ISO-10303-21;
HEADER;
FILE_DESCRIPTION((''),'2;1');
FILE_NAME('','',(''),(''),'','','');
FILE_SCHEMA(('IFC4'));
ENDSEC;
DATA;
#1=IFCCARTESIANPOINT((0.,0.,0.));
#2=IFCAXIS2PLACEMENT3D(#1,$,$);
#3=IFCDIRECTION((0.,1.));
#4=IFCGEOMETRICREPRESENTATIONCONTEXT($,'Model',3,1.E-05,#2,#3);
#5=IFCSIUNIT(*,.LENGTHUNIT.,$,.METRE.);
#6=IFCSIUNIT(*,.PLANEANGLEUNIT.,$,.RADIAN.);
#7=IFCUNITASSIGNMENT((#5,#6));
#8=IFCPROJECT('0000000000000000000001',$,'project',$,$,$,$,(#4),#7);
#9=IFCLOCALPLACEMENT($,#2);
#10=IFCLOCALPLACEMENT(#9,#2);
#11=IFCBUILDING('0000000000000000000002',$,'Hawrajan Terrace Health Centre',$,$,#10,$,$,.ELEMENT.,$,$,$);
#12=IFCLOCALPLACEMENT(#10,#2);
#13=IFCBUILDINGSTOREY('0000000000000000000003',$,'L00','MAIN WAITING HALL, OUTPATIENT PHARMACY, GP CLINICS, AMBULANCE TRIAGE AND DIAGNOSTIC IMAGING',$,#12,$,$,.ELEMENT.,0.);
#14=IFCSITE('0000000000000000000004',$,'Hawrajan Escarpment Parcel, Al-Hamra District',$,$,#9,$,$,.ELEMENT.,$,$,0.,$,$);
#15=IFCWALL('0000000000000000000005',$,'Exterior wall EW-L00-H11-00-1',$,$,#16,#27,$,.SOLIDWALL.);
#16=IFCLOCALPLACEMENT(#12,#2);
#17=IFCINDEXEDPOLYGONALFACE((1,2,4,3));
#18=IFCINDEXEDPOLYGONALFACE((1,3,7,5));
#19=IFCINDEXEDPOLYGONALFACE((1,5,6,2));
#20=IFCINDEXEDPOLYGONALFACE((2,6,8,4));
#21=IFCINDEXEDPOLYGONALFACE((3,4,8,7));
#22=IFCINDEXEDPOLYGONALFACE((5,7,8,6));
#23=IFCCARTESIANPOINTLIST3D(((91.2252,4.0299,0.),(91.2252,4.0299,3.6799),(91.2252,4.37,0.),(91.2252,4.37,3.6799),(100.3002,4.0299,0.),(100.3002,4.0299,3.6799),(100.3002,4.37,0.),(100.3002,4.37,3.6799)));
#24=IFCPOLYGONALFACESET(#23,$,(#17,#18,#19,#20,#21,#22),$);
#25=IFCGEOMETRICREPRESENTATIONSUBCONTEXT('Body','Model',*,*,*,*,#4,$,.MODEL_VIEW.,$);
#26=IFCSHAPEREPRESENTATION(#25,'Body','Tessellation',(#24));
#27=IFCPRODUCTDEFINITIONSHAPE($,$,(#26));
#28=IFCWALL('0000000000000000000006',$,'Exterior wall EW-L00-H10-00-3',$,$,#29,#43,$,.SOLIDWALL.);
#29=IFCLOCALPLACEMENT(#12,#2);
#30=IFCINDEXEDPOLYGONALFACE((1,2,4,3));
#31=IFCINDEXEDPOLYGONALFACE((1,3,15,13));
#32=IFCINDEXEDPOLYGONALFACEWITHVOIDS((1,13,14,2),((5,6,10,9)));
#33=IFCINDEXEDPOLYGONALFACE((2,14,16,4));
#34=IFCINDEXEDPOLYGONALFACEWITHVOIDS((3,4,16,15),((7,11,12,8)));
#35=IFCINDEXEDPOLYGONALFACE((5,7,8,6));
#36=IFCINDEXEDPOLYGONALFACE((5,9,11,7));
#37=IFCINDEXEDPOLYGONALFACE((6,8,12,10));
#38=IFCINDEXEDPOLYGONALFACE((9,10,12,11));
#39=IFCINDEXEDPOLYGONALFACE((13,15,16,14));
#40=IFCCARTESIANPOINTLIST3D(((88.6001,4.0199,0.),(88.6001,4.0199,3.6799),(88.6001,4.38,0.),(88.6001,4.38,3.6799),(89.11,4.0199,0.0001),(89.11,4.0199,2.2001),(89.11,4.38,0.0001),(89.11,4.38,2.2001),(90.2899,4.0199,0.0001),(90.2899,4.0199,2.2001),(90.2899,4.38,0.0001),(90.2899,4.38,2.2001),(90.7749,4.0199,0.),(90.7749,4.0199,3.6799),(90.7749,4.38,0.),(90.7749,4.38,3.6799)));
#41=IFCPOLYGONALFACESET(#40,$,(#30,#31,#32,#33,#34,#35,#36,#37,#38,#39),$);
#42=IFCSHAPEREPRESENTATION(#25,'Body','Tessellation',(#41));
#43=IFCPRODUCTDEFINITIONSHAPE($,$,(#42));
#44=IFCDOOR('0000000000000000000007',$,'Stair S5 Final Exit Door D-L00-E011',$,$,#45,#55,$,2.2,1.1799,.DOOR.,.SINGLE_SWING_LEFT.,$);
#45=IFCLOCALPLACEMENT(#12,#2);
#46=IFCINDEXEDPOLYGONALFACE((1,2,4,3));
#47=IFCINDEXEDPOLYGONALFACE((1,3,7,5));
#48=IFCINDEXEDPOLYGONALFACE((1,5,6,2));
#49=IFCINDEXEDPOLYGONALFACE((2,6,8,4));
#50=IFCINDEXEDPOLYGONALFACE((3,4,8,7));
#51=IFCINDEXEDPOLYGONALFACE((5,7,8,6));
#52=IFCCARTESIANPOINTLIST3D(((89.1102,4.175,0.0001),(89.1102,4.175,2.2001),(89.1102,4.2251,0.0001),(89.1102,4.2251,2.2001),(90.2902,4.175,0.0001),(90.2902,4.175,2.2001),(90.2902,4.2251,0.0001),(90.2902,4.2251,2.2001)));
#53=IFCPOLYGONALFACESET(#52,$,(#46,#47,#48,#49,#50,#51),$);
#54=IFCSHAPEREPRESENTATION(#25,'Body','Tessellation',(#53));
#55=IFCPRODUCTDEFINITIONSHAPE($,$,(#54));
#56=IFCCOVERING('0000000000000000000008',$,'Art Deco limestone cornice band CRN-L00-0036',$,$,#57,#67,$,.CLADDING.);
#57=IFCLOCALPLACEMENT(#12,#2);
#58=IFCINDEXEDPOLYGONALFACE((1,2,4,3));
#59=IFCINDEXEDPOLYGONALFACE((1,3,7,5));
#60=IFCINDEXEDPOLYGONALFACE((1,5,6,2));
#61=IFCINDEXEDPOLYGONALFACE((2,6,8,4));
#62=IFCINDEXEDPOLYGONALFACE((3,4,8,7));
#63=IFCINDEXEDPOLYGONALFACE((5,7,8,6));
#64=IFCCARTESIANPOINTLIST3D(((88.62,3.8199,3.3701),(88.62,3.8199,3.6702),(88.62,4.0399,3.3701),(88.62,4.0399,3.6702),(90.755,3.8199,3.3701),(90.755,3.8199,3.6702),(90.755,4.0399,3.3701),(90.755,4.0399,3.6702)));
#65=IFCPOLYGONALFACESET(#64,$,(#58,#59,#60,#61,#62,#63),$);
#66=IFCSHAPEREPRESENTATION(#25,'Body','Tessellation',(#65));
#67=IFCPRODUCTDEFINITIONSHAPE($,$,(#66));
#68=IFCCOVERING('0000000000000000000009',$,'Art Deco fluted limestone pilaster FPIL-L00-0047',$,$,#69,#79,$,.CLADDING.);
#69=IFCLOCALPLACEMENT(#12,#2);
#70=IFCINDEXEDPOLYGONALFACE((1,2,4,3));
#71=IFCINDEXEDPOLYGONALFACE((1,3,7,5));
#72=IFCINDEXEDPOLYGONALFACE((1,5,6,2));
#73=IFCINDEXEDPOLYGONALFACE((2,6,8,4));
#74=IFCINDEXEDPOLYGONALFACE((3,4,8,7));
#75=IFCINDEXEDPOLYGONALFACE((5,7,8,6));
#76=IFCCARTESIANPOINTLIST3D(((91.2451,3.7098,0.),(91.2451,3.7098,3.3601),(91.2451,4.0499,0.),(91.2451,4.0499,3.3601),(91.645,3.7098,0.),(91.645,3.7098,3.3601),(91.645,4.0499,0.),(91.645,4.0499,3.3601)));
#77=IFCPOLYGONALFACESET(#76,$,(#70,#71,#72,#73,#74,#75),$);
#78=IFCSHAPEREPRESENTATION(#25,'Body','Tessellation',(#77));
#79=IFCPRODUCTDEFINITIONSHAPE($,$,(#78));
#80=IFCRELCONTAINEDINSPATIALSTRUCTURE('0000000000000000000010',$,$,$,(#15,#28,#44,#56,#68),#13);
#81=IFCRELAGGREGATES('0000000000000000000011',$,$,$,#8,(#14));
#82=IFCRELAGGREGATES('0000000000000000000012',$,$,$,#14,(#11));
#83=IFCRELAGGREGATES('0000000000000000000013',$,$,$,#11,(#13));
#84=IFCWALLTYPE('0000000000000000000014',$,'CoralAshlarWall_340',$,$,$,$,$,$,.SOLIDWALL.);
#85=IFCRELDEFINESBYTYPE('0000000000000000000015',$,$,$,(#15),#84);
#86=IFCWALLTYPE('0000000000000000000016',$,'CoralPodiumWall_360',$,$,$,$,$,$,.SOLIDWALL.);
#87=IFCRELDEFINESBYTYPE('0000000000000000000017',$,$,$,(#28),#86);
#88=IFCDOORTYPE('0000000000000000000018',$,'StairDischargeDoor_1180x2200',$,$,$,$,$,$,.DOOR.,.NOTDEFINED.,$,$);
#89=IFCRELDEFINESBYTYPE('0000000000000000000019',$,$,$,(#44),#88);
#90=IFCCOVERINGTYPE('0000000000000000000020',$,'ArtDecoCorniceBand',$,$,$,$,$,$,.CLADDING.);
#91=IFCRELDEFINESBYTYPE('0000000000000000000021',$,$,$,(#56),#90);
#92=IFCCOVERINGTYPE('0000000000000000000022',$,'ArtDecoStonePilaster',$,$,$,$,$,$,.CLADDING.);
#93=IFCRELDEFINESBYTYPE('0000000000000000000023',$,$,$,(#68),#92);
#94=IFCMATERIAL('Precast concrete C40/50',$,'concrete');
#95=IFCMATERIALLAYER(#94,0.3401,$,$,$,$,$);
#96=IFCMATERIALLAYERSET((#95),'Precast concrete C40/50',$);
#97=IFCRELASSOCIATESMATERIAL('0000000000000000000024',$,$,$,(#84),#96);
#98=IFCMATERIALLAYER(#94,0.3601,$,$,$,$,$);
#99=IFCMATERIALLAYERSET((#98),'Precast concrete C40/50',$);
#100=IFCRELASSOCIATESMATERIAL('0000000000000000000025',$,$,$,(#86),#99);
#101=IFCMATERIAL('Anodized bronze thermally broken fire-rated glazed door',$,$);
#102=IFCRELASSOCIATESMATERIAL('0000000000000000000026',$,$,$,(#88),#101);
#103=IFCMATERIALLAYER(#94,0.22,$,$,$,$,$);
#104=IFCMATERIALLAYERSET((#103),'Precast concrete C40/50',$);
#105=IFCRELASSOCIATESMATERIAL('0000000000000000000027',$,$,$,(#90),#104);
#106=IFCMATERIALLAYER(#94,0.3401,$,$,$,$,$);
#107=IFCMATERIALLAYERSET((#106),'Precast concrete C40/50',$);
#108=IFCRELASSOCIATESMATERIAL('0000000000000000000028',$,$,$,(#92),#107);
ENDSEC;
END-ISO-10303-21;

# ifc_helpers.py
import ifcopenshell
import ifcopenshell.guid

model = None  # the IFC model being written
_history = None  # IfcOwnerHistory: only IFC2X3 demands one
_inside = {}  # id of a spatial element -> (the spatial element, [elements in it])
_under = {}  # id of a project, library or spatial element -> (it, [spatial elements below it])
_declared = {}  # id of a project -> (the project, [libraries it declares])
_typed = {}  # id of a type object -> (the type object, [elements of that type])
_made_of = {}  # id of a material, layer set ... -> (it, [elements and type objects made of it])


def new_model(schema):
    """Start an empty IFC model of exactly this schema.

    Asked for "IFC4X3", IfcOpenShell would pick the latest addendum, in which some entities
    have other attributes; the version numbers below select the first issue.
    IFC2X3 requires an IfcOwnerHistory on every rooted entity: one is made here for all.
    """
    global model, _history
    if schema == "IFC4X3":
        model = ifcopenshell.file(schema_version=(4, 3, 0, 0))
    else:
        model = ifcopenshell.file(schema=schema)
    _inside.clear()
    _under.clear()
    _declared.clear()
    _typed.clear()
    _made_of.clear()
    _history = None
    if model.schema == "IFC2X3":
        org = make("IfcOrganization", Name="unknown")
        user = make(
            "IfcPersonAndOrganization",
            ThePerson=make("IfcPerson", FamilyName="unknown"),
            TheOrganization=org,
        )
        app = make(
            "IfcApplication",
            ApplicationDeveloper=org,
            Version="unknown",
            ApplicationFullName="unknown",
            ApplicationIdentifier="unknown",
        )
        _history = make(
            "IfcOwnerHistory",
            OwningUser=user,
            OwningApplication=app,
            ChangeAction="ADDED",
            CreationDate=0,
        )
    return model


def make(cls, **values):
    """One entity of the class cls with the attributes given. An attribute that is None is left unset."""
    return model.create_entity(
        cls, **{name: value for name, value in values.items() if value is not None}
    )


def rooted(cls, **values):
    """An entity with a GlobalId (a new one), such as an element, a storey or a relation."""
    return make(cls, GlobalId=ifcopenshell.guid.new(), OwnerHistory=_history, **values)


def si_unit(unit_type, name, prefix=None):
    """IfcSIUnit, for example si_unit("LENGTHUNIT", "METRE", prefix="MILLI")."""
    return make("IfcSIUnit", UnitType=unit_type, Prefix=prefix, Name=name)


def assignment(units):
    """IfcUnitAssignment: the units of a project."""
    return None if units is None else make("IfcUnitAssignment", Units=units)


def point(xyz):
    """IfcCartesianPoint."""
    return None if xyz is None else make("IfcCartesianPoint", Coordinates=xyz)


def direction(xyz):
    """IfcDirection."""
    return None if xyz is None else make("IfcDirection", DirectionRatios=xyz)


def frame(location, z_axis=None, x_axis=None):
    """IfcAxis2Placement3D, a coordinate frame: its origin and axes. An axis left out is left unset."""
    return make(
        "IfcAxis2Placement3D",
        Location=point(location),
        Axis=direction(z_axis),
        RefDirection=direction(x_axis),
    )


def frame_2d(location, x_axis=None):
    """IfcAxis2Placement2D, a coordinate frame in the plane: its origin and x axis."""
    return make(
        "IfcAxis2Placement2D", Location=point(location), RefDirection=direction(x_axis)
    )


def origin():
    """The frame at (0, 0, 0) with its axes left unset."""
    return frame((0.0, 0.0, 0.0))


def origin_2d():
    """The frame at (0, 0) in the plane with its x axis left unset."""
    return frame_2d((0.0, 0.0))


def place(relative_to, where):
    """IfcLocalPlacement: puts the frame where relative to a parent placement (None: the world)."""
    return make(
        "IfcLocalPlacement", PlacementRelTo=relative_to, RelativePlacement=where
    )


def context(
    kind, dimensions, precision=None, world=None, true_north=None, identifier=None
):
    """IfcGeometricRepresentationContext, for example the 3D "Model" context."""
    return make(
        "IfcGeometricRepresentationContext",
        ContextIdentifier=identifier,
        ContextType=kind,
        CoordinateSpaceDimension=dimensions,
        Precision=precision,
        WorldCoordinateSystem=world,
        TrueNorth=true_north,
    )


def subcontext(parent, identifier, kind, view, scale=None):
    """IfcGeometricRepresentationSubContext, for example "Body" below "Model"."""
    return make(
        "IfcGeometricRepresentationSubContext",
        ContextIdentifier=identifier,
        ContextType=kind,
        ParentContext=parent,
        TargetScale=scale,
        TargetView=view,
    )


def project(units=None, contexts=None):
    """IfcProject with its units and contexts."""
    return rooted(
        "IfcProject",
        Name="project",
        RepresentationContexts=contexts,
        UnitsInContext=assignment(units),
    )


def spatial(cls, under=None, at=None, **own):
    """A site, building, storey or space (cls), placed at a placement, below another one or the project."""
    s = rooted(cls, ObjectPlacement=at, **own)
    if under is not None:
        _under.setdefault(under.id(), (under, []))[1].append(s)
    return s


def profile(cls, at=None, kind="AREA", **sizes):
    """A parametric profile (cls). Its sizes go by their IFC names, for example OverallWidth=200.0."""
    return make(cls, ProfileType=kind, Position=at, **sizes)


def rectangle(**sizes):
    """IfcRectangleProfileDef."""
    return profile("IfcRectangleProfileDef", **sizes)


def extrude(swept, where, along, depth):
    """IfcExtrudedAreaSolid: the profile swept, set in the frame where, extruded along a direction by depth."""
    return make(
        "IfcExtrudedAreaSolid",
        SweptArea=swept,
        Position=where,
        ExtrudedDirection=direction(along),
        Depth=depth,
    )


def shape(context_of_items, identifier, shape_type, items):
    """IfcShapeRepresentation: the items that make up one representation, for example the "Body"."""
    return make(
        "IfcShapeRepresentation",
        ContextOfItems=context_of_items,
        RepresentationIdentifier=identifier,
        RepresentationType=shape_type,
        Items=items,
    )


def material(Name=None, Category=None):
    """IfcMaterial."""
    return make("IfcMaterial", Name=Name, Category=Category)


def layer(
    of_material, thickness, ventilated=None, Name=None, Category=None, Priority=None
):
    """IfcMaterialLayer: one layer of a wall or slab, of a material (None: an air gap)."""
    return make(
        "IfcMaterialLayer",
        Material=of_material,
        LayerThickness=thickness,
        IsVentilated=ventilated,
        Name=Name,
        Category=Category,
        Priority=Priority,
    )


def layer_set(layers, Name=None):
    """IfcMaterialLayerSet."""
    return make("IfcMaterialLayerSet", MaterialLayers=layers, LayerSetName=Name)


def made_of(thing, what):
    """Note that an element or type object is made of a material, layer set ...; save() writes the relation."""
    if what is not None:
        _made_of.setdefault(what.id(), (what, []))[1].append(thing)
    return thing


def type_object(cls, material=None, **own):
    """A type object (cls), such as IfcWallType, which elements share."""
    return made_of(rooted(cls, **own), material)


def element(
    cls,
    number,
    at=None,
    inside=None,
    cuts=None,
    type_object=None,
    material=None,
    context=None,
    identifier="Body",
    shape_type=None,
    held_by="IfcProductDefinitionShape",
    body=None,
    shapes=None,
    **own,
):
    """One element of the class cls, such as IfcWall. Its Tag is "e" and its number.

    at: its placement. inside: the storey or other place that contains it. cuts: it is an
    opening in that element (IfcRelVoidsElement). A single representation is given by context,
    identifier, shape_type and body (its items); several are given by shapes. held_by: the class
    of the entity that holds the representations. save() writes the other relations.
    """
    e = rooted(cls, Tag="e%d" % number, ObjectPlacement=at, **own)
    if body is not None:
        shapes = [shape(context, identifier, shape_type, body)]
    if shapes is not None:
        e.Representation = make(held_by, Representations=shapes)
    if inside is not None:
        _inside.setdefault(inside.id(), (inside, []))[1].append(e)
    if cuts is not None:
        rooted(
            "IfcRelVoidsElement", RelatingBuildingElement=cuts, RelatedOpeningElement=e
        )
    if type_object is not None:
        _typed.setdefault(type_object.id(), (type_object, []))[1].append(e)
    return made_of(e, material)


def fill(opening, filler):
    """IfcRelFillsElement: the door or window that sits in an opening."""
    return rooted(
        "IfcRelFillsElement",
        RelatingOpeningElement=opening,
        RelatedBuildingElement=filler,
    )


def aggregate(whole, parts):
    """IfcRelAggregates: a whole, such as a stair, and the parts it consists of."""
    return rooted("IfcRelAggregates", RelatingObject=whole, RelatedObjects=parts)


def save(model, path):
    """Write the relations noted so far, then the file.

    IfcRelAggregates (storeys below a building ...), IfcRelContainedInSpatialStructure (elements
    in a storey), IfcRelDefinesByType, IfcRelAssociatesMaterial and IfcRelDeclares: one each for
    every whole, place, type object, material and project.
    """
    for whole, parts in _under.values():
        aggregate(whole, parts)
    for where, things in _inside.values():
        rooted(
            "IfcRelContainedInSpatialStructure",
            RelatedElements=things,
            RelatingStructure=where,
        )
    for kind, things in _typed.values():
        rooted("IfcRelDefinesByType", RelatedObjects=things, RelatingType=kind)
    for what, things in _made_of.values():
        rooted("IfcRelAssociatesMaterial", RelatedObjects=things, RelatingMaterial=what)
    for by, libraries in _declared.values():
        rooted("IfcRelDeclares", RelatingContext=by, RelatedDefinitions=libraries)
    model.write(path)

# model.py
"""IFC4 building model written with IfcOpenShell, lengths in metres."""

from ifc_helpers import new_model, si_unit, direction, frame, frame_2d, origin, origin_2d, place, context, subcontext, project, spatial, rectangle, extrude, material, layer, layer_set, type_object, element, fill, save


model = new_model("IFC4")

# Units and contexts
model_context = context("Model", 3, precision=1e-05, world=origin(), true_north=direction((0.0, 1.0)))
body_context = subcontext(model_context, "Body", "Model", "MODEL_VIEW")
ifc_project = project(units=[si_unit("LENGTHUNIT", "METRE"), si_unit("PLANEANGLEUNIT", "RADIAN")], contexts=[model_context])

# Site, building, storey
site_placement = place(None, origin())
site = spatial("IfcSite", under=ifc_project, at=site_placement, Name="Hawrajan Escarpment Parcel, Al-Hamra District", CompositionType="ELEMENT", RefElevation=0.0)
building_placement = place(site_placement, origin())
building = spatial("IfcBuilding", under=site, at=building_placement, Name="Hawrajan Terrace Health Centre", CompositionType="ELEMENT")
storey_placement = place(building_placement, origin())
storey = spatial("IfcBuildingStorey", under=building, at=storey_placement, Name="L00", Description="MAIN WAITING HALL, OUTPATIENT PHARMACY, GP CLINICS, AMBULANCE TRIAGE AND DIAGNOSTIC IMAGING", CompositionType="ELEMENT", Elevation=0.0)

# Wall
ifc_material_1 = material(Name="Precast concrete C40/50", Category="concrete")
ifc_layer_1 = layer(ifc_material_1, 0.3401)
ifc_layer_set_1 = layer_set([ifc_layer_1], Name="Precast concrete C40/50")
wall_type_1 = type_object("IfcWallType", Name="CoralAshlarWall_340", PredefinedType="SOLIDWALL", material=ifc_layer_set_1)
wall_1_placement = place(storey_placement, frame((91.2251, 4.2, 0.0), z_axis=(0.0, 0.0, 1.0), x_axis=(1.0, 0.0, 0.0)))
element("IfcWall", 1, at=wall_1_placement, inside=storey, type_object=wall_type_1, Name="Exterior wall EW-L00-H11-00-1", PredefinedType="SOLIDWALL", context=body_context, shape_type="SweptSolid", body=[
    extrude(rectangle(XDim=9.075, YDim=0.3401, at=frame_2d((4.5376, 0.0))), origin(), (0.0, 0.0, 1.0), 3.6799),
])

# Wall, opening, door
ifc_layer_2 = layer(ifc_material_1, 0.3601)
ifc_layer_set_2 = layer_set([ifc_layer_2], Name="Precast concrete C40/50")
wall_type_2 = type_object("IfcWallType", Name="CoralPodiumWall_360", PredefinedType="SOLIDWALL", material=ifc_layer_set_2)
wall_2_placement = place(storey_placement, frame((88.6001, 4.2, 0.0), z_axis=(0.0, 0.0, 1.0), x_axis=(1.0, 0.0, 0.0)))
wall_2 = element("IfcWall", 2, at=wall_2_placement, inside=storey, type_object=wall_type_2, Name="Exterior wall EW-L00-H10-00-3", PredefinedType="SOLIDWALL", context=body_context, shape_type="SweptSolid", body=[
    extrude(rectangle(XDim=2.1748, YDim=0.3601, at=frame_2d((1.0874, 0.0))), origin(), (0.0, 0.0, 1.0), 3.6799),
])
opening_1_placement = place(wall_2_placement, frame((0.51, 0.0, 0.0)))
opening_1 = element("IfcOpeningElement", 3, at=opening_1_placement, cuts=wall_2, PredefinedType="OPENING", context=body_context, shape_type="SweptSolid", body=[
    extrude(rectangle(XDim=1.1799, YDim=2.2, at=frame_2d((0.5898, 1.1001))), frame((0.0, 0.1899, 0.0), z_axis=(0.0, -1.0, 0.0), x_axis=(1.0, 0.0, 0.0)), (0.0, 0.0, 1.0), 0.3801),
])
ifc_material_2 = material(Name="Anodized bronze thermally broken fire-rated glazed door")
door_type_1 = type_object("IfcDoorType", Name="StairDischargeDoor_1180x2200", OperationType="NOTDEFINED", PredefinedType="DOOR", material=ifc_material_2)
door_1_placement = place(opening_1_placement, frame((1.1799, 0.0, 0.0), z_axis=(0.0, 0.0, 1.0), x_axis=(-1.0, 0.0, 0.0)))
door_1 = element("IfcDoor", 4, at=door_1_placement, inside=storey, type_object=door_type_1, Name="Stair S5 Final Exit Door D-L00-E011", OperationType="SINGLE_SWING_LEFT", OverallHeight=2.2, OverallWidth=1.1799, PredefinedType="DOOR", context=body_context, shape_type="SweptSolid", body=[
    extrude(rectangle(XDim=1.1799, YDim=2.2, at=frame_2d((0.5898, 1.1001))), frame((0.0, 0.0249, 0.0), z_axis=(0.0, -1.0, 0.0), x_axis=(1.0, 0.0, 0.0)), (0.0, 0.0, 1.0), 0.05),
])
fill(opening_1, door_1)

# Coverings
ifc_layer_3 = layer(ifc_material_1, 0.22)
ifc_layer_set_3 = layer_set([ifc_layer_3], Name="Precast concrete C40/50")
covering_type_1 = type_object("IfcCoveringType", Name="ArtDecoCorniceBand", PredefinedType="CLADDING", material=ifc_layer_set_3)
covering_1_placement = place(storey_placement, frame((89.6875, 3.9299, 3.3701), z_axis=(0.0, 0.0, 1.0), x_axis=(1.0, 0.0, 0.0)))
element("IfcCovering", 5, at=covering_1_placement, inside=storey, type_object=covering_type_1, Name="Art Deco limestone cornice band CRN-L00-0036", PredefinedType="CLADDING", context=body_context, shape_type="SweptSolid", body=[
    extrude(rectangle(XDim=2.135, YDim=0.22, at=origin_2d()), origin(), (0.0, 0.0, 1.0), 0.3),
])
ifc_layer_4 = layer(ifc_material_1, 0.3401)
ifc_layer_set_4 = layer_set([ifc_layer_4], Name="Precast concrete C40/50")
covering_type_2 = type_object("IfcCoveringType", Name="ArtDecoStonePilaster", PredefinedType="CLADDING", material=ifc_layer_set_4)
covering_2_placement = place(storey_placement, frame((91.4451, 3.8799, 0.0), z_axis=(0.0, 0.0, 1.0), x_axis=(1.0, 0.0, 0.0)))
element("IfcCovering", 6, at=covering_2_placement, inside=storey, type_object=covering_type_2, Name="Art Deco fluted limestone pilaster FPIL-L00-0047", PredefinedType="CLADDING", context=body_context, shape_type="SweptSolid", body=[
    extrude(rectangle(XDim=0.3999, YDim=0.3401, at=origin_2d()), origin(), (0.0, 0.0, 1.0), 3.3601),
])

save(model, "model.ifc")
